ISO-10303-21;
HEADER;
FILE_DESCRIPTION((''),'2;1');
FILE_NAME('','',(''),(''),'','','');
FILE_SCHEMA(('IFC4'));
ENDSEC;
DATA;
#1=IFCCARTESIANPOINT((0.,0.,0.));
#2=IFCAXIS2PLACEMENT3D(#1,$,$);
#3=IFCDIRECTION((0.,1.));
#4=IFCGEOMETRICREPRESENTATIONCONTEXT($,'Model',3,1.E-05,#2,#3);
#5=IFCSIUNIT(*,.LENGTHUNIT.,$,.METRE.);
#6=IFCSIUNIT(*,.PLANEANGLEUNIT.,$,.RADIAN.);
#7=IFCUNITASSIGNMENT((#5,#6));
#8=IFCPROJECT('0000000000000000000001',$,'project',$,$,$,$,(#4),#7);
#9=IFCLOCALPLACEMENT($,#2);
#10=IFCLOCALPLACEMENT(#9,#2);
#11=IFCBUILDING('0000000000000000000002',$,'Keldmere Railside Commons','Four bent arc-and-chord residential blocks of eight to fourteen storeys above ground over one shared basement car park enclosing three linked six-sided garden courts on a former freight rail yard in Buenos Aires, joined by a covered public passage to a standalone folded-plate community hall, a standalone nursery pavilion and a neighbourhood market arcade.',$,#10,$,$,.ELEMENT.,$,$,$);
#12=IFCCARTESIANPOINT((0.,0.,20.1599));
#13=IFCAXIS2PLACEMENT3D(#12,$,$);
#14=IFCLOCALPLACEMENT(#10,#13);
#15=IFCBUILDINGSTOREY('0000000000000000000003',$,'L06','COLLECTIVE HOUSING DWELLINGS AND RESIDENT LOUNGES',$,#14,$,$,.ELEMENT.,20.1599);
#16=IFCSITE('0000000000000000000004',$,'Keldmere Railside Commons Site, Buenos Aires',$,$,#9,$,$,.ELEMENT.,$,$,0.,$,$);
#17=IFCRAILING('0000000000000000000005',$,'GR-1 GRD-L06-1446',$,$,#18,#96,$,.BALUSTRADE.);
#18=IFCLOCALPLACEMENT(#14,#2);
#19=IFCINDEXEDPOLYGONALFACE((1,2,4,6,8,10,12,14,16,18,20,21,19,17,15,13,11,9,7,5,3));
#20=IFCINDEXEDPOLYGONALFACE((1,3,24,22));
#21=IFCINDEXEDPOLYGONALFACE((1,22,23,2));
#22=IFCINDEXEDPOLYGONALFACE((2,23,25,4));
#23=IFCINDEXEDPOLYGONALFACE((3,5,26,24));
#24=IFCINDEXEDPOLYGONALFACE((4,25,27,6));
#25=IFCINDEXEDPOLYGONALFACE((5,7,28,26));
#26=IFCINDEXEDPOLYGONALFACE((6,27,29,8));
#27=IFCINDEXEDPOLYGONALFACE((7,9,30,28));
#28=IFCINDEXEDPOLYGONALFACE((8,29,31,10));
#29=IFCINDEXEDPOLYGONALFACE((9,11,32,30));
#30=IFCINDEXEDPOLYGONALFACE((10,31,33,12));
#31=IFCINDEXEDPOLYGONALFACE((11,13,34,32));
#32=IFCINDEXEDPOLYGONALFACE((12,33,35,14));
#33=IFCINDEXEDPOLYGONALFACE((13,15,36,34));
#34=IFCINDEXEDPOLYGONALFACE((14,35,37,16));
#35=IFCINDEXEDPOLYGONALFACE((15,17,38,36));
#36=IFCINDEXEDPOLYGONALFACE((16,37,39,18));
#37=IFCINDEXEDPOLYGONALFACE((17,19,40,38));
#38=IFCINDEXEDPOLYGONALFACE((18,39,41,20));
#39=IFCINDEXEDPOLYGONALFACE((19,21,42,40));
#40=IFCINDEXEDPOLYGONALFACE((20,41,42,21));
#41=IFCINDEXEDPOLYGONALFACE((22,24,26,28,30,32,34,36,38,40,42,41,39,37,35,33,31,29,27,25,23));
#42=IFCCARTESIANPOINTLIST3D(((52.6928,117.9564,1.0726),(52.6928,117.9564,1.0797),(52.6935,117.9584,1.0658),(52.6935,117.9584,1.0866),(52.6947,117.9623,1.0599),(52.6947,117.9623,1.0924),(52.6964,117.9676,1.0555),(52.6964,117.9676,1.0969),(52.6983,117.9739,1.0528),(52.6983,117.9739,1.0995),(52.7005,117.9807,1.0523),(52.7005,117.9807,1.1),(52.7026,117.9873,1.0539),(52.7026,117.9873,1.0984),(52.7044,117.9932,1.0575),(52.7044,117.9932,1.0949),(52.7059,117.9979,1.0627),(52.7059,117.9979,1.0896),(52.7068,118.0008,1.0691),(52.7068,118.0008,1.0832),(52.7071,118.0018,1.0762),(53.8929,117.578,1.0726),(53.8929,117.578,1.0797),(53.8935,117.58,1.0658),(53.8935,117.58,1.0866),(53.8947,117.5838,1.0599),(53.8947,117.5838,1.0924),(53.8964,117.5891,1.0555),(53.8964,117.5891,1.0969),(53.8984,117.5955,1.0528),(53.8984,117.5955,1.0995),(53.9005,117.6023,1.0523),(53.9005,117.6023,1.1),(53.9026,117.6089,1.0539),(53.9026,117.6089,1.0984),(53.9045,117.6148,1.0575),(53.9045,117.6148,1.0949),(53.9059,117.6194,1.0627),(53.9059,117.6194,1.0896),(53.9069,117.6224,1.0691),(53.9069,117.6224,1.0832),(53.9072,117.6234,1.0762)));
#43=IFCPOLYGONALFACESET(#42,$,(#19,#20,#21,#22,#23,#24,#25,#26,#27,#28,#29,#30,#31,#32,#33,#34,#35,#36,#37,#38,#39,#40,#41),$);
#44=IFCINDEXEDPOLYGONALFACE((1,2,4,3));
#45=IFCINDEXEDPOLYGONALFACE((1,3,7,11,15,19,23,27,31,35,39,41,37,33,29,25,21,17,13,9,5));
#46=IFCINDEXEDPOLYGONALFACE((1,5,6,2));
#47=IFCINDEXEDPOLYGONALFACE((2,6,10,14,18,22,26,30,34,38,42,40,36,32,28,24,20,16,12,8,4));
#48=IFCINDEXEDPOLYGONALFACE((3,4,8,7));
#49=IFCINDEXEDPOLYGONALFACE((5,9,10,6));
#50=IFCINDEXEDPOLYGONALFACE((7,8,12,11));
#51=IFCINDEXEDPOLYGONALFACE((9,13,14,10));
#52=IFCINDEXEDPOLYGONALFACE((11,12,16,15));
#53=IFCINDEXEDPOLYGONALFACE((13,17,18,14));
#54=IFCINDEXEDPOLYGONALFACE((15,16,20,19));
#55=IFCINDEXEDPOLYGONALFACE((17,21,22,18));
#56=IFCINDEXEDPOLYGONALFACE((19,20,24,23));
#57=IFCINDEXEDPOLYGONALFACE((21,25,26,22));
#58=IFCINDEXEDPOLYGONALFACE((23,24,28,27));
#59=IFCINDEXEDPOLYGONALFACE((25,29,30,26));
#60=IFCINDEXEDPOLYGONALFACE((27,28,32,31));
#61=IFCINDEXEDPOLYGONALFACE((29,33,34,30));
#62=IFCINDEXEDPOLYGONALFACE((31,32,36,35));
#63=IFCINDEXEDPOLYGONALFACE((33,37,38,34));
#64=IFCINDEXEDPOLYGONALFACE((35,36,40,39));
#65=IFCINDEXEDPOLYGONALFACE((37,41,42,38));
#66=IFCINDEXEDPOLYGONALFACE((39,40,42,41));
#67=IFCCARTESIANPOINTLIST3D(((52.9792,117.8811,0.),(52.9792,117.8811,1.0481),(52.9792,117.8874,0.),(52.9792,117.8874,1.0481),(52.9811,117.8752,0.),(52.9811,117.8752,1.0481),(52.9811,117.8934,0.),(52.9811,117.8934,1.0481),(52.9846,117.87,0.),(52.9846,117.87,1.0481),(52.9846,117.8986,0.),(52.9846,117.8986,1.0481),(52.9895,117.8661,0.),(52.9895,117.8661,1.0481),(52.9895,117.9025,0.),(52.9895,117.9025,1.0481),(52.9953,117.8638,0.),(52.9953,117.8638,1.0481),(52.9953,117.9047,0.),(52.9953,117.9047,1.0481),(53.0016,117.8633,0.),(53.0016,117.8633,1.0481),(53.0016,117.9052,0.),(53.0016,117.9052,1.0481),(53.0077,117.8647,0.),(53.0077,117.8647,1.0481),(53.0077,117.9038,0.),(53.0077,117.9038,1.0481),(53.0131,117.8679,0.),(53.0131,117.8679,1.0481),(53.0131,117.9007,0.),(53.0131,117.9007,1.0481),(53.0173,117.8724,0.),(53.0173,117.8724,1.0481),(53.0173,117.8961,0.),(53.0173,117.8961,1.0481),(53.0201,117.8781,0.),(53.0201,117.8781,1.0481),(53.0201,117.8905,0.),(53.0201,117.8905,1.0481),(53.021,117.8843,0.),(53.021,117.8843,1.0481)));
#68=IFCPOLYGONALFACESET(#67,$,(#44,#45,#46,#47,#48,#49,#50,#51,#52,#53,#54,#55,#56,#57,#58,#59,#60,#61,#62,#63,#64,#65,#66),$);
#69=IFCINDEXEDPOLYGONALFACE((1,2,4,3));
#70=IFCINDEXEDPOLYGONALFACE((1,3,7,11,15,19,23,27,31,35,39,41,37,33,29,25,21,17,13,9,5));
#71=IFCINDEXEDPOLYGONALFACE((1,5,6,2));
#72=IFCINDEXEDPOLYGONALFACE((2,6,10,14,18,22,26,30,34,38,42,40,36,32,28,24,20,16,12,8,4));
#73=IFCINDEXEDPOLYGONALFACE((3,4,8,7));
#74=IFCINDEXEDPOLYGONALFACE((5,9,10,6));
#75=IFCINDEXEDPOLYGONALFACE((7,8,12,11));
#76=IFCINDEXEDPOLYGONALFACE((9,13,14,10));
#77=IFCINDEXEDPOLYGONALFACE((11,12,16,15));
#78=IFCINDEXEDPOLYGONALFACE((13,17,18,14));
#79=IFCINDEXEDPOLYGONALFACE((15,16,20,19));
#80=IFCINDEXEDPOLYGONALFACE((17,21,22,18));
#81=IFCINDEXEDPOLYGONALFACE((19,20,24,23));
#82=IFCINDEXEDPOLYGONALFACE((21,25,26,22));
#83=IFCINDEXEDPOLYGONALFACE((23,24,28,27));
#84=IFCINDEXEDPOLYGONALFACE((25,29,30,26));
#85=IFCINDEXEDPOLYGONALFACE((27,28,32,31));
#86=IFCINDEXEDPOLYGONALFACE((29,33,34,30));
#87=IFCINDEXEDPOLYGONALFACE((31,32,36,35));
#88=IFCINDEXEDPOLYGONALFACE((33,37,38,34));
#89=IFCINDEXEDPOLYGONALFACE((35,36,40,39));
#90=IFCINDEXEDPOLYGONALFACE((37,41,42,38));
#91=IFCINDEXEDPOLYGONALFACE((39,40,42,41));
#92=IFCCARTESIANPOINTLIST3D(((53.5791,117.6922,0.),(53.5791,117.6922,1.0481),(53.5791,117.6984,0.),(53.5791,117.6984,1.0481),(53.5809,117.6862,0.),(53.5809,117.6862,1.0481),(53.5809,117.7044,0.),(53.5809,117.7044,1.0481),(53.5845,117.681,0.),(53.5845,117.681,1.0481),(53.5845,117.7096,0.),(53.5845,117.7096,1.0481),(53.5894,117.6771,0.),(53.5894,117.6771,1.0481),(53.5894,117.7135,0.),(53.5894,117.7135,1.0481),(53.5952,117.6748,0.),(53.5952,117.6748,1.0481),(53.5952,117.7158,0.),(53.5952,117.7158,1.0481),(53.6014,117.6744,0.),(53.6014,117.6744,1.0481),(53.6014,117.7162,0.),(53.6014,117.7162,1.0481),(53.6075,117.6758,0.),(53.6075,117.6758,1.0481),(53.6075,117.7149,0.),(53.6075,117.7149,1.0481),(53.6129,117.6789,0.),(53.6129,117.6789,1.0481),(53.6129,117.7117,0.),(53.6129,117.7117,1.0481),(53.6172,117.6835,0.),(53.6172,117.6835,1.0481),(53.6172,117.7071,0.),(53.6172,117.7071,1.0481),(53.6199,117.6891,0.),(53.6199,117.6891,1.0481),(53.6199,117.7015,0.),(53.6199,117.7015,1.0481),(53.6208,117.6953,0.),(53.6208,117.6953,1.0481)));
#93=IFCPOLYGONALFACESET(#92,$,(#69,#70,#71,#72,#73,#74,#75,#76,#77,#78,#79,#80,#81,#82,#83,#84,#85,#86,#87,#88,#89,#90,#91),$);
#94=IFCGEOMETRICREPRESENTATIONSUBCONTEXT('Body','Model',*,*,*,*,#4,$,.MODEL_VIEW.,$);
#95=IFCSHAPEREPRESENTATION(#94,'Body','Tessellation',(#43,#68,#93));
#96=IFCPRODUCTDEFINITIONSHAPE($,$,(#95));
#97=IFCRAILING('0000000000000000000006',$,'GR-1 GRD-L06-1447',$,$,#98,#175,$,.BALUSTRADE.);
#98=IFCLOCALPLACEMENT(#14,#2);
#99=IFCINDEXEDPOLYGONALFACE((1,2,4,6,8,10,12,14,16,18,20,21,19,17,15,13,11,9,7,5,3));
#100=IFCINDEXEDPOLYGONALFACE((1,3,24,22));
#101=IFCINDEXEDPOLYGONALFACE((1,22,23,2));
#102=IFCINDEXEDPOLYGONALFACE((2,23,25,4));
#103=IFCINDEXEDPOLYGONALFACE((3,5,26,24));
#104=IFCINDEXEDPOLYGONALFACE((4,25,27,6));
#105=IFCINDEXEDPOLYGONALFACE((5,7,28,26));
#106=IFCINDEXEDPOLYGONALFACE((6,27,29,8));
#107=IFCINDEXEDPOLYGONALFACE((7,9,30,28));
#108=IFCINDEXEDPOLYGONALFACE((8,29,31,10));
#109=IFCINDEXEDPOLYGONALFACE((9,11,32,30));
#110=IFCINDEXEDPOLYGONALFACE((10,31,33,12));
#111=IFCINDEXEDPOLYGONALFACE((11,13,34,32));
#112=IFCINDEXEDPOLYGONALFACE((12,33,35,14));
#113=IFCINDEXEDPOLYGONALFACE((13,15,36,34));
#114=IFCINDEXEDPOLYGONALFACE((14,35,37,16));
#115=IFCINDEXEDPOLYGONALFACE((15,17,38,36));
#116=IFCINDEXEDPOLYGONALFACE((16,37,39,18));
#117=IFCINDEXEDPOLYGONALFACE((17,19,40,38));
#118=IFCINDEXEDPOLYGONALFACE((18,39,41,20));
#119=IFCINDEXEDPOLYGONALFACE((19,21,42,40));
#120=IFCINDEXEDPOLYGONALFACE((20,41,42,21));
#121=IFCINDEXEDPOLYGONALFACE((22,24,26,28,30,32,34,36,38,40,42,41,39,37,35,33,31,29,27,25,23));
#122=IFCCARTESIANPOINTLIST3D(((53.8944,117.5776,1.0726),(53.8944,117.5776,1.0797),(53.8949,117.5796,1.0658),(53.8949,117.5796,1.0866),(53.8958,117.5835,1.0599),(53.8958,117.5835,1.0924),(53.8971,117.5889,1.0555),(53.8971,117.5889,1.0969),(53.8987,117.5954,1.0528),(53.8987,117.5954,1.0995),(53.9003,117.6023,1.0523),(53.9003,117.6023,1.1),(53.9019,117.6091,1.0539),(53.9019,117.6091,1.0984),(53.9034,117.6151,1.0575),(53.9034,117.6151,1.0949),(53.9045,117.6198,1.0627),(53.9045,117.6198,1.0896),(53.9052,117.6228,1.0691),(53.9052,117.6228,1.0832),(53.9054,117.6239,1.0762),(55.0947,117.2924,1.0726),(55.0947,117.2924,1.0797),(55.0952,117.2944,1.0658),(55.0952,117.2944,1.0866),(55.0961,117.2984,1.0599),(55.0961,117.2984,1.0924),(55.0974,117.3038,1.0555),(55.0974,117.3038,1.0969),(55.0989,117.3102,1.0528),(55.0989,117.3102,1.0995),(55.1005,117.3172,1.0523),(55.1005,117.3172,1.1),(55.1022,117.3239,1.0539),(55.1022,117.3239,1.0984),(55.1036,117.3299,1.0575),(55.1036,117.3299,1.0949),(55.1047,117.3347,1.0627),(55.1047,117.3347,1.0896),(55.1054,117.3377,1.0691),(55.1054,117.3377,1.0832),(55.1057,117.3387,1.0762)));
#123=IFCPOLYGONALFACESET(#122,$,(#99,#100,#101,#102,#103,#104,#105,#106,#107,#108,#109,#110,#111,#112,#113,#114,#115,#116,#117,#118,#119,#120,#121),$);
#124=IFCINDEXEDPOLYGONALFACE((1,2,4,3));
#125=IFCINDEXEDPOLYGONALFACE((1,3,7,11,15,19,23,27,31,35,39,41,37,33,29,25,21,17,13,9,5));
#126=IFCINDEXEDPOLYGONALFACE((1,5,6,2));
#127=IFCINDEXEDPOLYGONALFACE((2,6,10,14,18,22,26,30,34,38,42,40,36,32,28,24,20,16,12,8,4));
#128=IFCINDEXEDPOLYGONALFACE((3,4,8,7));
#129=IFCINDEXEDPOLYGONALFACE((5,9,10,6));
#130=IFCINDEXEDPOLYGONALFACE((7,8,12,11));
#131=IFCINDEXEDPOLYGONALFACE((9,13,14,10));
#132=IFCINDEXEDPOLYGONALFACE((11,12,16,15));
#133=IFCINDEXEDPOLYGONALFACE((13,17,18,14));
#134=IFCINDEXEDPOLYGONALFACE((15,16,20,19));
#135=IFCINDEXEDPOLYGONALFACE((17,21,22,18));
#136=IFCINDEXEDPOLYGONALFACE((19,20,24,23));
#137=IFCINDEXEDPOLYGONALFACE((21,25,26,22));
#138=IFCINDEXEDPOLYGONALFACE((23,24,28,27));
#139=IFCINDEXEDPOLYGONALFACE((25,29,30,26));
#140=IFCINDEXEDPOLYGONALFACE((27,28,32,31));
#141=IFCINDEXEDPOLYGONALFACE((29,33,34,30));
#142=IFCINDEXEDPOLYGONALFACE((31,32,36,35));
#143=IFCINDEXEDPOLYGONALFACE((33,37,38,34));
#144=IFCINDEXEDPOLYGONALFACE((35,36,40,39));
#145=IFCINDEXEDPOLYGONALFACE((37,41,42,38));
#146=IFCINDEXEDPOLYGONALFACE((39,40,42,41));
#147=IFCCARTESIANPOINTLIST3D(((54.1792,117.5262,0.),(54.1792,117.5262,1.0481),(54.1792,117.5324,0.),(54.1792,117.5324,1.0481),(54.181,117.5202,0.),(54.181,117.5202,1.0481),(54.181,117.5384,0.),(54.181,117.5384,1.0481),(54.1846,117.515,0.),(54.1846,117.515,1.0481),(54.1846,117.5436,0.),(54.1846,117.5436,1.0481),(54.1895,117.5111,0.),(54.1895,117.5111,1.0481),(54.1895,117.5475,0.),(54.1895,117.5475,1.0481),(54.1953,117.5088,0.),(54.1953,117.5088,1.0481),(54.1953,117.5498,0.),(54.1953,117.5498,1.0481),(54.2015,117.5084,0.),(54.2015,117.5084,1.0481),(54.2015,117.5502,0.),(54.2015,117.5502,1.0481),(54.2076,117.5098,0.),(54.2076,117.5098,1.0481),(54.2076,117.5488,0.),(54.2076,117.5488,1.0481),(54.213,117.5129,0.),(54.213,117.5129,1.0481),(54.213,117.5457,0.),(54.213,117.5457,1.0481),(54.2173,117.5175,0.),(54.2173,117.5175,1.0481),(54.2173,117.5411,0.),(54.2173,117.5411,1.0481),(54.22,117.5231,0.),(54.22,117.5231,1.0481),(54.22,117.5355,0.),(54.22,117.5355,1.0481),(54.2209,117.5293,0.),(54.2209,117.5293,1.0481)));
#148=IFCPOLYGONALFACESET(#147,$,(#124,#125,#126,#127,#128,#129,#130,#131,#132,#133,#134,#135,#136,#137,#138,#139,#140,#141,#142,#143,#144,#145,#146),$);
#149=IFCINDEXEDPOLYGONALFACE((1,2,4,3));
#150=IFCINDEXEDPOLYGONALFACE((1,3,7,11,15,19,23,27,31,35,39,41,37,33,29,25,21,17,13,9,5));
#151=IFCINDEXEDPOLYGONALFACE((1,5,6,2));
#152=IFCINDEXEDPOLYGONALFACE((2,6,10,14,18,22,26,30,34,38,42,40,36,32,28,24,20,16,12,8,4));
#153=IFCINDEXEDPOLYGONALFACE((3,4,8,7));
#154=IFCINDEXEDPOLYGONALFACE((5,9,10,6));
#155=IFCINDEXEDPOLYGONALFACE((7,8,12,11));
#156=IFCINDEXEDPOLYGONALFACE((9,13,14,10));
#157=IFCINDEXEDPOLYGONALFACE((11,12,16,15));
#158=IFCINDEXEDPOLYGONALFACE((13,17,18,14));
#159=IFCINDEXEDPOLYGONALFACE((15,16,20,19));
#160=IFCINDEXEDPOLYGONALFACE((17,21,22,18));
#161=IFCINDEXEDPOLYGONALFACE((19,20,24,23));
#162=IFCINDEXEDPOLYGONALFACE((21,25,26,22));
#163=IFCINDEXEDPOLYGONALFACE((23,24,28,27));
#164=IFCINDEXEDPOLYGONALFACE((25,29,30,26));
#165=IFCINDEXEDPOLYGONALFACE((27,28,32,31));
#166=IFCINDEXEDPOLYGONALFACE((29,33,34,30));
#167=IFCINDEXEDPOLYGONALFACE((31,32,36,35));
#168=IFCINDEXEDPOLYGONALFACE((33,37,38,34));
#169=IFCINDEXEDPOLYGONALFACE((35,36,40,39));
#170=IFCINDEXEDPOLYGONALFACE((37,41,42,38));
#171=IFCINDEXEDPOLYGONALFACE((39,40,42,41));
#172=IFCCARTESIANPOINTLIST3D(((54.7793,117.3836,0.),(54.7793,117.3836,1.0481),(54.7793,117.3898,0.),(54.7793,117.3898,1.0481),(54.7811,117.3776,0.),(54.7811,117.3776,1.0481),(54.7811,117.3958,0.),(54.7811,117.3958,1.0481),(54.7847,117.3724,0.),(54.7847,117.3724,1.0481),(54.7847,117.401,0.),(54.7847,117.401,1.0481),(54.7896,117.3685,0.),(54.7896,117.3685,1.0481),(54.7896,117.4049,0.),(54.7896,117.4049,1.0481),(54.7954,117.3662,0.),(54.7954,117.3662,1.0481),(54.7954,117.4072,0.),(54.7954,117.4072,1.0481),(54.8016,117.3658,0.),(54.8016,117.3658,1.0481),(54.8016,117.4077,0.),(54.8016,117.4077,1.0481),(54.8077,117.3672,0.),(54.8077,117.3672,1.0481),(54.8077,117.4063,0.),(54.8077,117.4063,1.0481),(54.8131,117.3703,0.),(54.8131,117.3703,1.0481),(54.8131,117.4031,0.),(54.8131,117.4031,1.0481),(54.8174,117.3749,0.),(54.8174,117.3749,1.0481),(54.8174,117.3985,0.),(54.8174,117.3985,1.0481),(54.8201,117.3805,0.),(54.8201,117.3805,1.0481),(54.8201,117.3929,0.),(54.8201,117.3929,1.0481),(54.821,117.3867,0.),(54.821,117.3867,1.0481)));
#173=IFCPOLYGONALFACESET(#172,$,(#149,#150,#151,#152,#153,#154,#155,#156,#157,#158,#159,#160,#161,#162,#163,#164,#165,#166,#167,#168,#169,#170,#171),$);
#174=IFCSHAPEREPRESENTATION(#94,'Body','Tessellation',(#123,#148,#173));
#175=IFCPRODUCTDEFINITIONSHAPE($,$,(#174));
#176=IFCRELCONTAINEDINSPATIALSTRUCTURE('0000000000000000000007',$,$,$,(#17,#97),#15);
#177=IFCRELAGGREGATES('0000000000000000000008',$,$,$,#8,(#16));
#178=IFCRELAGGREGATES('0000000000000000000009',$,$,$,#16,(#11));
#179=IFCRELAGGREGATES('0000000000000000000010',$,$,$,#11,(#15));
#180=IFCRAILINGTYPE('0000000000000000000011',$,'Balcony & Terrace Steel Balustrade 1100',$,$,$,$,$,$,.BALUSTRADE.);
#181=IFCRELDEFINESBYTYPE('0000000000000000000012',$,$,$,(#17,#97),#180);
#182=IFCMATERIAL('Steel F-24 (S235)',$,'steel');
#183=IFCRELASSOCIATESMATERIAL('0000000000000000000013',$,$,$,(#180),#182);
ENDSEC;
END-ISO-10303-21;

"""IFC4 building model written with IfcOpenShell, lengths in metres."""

from ifc_helpers import new_model, si_unit, direction, frame, origin, origin_2d, place, context, subcontext, project, spatial, circle, extrude, material, type_object, element, save


model = new_model("IFC4")

# Units and contexts
model_context = context("Model", 3, precision=1e-05, world=origin(), true_north=direction((0.0, 1.0)))
body_context = subcontext(model_context, "Body", "Model", "MODEL_VIEW")
ifc_project = project(units=[si_unit("LENGTHUNIT", "METRE"), si_unit("PLANEANGLEUNIT", "RADIAN")], contexts=[model_context])

# Site, building, storey
site_placement = place(None, origin())
site = spatial("IfcSite", under=ifc_project, at=site_placement, Name="Keldmere Railside Commons Site, Buenos Aires", CompositionType="ELEMENT", RefElevation=0.0)
building_placement = place(site_placement, origin())
building = spatial("IfcBuilding", under=site, at=building_placement, Name="Keldmere Railside Commons", Description="Four bent arc-and-chord residential blocks of eight to fourteen storeys above ground over one shared basement car park enclosing three linked six-sided garden courts on a former freight rail yard in Buenos Aires, joined by a covered public passage to a standalone folded-plate community hall, a standalone nursery pavilion and a neighbourhood market arcade.", CompositionType="ELEMENT")
storey_placement = place(building_placement, frame((0.0, 0.0, 20.1599)))
storey = spatial("IfcBuildingStorey", under=building, at=storey_placement, Name="L06", Description="COLLECTIVE HOUSING DWELLINGS AND RESIDENT LOUNGES", CompositionType="ELEMENT", Elevation=20.1599)

# Railings
ifc_material_1 = material(Name="Steel F-24 (S235)", Category="steel")
railing_type = type_object("IfcRailingType", Name="Balcony & Terrace Steel Balustrade 1100", PredefinedType="BALUSTRADE", material=ifc_material_1)
railing_1_placement = place(storey_placement, frame((52.7, 117.979, 0.0)))
element("IfcRailing", 1, at=railing_1_placement, inside=storey, type_object=railing_type, Name="GR-1 GRD-L06-1446", PredefinedType="BALUSTRADE", context=body_context, shape_type="SweptSolid", body=[
    extrude(circle(Radius=0.0239, at=origin_2d()), frame((0.0, 0.0, 1.0762), z_axis=(0.9537, -0.30076, 0.0), x_axis=(0.30076, 0.9537, 0.0)), (0.0, 0.0, 1.0), 1.2583),
    extrude(circle(Radius=0.021, at=origin_2d()), frame((0.3, -0.0947, 0.0)), (0.0, 0.0, 1.0), 1.0481),
    extrude(circle(Radius=0.021, at=origin_2d()), frame((0.8999, -0.2837, 0.0)), (0.0, 0.0, 1.0), 1.0481),
])
railing_2_placement = place(storey_placement, frame((53.8999, 117.6006, 0.0)))
element("IfcRailing", 2, at=railing_2_placement, inside=storey, type_object=railing_type, Name="GR-1 GRD-L06-1447", PredefinedType="BALUSTRADE", context=body_context, shape_type="SweptSolid", body=[
    extrude(circle(Radius=0.0239, at=origin_2d()), frame((0.0, 0.0, 1.0762), z_axis=(0.972917, -0.231157, 0.0), x_axis=(0.231157, 0.972917, 0.0)), (0.0, 0.0, 1.0), 1.2336),
    extrude(circle(Radius=0.021, at=origin_2d()), frame((0.3, -0.0713, 0.0)), (0.0, 0.0, 1.0), 1.0481),
    extrude(circle(Radius=0.021, at=origin_2d()), frame((0.9001, -0.2139, 0.0)), (0.0, 0.0, 1.0), 1.0481),
])

save(model, "model.ifc")
